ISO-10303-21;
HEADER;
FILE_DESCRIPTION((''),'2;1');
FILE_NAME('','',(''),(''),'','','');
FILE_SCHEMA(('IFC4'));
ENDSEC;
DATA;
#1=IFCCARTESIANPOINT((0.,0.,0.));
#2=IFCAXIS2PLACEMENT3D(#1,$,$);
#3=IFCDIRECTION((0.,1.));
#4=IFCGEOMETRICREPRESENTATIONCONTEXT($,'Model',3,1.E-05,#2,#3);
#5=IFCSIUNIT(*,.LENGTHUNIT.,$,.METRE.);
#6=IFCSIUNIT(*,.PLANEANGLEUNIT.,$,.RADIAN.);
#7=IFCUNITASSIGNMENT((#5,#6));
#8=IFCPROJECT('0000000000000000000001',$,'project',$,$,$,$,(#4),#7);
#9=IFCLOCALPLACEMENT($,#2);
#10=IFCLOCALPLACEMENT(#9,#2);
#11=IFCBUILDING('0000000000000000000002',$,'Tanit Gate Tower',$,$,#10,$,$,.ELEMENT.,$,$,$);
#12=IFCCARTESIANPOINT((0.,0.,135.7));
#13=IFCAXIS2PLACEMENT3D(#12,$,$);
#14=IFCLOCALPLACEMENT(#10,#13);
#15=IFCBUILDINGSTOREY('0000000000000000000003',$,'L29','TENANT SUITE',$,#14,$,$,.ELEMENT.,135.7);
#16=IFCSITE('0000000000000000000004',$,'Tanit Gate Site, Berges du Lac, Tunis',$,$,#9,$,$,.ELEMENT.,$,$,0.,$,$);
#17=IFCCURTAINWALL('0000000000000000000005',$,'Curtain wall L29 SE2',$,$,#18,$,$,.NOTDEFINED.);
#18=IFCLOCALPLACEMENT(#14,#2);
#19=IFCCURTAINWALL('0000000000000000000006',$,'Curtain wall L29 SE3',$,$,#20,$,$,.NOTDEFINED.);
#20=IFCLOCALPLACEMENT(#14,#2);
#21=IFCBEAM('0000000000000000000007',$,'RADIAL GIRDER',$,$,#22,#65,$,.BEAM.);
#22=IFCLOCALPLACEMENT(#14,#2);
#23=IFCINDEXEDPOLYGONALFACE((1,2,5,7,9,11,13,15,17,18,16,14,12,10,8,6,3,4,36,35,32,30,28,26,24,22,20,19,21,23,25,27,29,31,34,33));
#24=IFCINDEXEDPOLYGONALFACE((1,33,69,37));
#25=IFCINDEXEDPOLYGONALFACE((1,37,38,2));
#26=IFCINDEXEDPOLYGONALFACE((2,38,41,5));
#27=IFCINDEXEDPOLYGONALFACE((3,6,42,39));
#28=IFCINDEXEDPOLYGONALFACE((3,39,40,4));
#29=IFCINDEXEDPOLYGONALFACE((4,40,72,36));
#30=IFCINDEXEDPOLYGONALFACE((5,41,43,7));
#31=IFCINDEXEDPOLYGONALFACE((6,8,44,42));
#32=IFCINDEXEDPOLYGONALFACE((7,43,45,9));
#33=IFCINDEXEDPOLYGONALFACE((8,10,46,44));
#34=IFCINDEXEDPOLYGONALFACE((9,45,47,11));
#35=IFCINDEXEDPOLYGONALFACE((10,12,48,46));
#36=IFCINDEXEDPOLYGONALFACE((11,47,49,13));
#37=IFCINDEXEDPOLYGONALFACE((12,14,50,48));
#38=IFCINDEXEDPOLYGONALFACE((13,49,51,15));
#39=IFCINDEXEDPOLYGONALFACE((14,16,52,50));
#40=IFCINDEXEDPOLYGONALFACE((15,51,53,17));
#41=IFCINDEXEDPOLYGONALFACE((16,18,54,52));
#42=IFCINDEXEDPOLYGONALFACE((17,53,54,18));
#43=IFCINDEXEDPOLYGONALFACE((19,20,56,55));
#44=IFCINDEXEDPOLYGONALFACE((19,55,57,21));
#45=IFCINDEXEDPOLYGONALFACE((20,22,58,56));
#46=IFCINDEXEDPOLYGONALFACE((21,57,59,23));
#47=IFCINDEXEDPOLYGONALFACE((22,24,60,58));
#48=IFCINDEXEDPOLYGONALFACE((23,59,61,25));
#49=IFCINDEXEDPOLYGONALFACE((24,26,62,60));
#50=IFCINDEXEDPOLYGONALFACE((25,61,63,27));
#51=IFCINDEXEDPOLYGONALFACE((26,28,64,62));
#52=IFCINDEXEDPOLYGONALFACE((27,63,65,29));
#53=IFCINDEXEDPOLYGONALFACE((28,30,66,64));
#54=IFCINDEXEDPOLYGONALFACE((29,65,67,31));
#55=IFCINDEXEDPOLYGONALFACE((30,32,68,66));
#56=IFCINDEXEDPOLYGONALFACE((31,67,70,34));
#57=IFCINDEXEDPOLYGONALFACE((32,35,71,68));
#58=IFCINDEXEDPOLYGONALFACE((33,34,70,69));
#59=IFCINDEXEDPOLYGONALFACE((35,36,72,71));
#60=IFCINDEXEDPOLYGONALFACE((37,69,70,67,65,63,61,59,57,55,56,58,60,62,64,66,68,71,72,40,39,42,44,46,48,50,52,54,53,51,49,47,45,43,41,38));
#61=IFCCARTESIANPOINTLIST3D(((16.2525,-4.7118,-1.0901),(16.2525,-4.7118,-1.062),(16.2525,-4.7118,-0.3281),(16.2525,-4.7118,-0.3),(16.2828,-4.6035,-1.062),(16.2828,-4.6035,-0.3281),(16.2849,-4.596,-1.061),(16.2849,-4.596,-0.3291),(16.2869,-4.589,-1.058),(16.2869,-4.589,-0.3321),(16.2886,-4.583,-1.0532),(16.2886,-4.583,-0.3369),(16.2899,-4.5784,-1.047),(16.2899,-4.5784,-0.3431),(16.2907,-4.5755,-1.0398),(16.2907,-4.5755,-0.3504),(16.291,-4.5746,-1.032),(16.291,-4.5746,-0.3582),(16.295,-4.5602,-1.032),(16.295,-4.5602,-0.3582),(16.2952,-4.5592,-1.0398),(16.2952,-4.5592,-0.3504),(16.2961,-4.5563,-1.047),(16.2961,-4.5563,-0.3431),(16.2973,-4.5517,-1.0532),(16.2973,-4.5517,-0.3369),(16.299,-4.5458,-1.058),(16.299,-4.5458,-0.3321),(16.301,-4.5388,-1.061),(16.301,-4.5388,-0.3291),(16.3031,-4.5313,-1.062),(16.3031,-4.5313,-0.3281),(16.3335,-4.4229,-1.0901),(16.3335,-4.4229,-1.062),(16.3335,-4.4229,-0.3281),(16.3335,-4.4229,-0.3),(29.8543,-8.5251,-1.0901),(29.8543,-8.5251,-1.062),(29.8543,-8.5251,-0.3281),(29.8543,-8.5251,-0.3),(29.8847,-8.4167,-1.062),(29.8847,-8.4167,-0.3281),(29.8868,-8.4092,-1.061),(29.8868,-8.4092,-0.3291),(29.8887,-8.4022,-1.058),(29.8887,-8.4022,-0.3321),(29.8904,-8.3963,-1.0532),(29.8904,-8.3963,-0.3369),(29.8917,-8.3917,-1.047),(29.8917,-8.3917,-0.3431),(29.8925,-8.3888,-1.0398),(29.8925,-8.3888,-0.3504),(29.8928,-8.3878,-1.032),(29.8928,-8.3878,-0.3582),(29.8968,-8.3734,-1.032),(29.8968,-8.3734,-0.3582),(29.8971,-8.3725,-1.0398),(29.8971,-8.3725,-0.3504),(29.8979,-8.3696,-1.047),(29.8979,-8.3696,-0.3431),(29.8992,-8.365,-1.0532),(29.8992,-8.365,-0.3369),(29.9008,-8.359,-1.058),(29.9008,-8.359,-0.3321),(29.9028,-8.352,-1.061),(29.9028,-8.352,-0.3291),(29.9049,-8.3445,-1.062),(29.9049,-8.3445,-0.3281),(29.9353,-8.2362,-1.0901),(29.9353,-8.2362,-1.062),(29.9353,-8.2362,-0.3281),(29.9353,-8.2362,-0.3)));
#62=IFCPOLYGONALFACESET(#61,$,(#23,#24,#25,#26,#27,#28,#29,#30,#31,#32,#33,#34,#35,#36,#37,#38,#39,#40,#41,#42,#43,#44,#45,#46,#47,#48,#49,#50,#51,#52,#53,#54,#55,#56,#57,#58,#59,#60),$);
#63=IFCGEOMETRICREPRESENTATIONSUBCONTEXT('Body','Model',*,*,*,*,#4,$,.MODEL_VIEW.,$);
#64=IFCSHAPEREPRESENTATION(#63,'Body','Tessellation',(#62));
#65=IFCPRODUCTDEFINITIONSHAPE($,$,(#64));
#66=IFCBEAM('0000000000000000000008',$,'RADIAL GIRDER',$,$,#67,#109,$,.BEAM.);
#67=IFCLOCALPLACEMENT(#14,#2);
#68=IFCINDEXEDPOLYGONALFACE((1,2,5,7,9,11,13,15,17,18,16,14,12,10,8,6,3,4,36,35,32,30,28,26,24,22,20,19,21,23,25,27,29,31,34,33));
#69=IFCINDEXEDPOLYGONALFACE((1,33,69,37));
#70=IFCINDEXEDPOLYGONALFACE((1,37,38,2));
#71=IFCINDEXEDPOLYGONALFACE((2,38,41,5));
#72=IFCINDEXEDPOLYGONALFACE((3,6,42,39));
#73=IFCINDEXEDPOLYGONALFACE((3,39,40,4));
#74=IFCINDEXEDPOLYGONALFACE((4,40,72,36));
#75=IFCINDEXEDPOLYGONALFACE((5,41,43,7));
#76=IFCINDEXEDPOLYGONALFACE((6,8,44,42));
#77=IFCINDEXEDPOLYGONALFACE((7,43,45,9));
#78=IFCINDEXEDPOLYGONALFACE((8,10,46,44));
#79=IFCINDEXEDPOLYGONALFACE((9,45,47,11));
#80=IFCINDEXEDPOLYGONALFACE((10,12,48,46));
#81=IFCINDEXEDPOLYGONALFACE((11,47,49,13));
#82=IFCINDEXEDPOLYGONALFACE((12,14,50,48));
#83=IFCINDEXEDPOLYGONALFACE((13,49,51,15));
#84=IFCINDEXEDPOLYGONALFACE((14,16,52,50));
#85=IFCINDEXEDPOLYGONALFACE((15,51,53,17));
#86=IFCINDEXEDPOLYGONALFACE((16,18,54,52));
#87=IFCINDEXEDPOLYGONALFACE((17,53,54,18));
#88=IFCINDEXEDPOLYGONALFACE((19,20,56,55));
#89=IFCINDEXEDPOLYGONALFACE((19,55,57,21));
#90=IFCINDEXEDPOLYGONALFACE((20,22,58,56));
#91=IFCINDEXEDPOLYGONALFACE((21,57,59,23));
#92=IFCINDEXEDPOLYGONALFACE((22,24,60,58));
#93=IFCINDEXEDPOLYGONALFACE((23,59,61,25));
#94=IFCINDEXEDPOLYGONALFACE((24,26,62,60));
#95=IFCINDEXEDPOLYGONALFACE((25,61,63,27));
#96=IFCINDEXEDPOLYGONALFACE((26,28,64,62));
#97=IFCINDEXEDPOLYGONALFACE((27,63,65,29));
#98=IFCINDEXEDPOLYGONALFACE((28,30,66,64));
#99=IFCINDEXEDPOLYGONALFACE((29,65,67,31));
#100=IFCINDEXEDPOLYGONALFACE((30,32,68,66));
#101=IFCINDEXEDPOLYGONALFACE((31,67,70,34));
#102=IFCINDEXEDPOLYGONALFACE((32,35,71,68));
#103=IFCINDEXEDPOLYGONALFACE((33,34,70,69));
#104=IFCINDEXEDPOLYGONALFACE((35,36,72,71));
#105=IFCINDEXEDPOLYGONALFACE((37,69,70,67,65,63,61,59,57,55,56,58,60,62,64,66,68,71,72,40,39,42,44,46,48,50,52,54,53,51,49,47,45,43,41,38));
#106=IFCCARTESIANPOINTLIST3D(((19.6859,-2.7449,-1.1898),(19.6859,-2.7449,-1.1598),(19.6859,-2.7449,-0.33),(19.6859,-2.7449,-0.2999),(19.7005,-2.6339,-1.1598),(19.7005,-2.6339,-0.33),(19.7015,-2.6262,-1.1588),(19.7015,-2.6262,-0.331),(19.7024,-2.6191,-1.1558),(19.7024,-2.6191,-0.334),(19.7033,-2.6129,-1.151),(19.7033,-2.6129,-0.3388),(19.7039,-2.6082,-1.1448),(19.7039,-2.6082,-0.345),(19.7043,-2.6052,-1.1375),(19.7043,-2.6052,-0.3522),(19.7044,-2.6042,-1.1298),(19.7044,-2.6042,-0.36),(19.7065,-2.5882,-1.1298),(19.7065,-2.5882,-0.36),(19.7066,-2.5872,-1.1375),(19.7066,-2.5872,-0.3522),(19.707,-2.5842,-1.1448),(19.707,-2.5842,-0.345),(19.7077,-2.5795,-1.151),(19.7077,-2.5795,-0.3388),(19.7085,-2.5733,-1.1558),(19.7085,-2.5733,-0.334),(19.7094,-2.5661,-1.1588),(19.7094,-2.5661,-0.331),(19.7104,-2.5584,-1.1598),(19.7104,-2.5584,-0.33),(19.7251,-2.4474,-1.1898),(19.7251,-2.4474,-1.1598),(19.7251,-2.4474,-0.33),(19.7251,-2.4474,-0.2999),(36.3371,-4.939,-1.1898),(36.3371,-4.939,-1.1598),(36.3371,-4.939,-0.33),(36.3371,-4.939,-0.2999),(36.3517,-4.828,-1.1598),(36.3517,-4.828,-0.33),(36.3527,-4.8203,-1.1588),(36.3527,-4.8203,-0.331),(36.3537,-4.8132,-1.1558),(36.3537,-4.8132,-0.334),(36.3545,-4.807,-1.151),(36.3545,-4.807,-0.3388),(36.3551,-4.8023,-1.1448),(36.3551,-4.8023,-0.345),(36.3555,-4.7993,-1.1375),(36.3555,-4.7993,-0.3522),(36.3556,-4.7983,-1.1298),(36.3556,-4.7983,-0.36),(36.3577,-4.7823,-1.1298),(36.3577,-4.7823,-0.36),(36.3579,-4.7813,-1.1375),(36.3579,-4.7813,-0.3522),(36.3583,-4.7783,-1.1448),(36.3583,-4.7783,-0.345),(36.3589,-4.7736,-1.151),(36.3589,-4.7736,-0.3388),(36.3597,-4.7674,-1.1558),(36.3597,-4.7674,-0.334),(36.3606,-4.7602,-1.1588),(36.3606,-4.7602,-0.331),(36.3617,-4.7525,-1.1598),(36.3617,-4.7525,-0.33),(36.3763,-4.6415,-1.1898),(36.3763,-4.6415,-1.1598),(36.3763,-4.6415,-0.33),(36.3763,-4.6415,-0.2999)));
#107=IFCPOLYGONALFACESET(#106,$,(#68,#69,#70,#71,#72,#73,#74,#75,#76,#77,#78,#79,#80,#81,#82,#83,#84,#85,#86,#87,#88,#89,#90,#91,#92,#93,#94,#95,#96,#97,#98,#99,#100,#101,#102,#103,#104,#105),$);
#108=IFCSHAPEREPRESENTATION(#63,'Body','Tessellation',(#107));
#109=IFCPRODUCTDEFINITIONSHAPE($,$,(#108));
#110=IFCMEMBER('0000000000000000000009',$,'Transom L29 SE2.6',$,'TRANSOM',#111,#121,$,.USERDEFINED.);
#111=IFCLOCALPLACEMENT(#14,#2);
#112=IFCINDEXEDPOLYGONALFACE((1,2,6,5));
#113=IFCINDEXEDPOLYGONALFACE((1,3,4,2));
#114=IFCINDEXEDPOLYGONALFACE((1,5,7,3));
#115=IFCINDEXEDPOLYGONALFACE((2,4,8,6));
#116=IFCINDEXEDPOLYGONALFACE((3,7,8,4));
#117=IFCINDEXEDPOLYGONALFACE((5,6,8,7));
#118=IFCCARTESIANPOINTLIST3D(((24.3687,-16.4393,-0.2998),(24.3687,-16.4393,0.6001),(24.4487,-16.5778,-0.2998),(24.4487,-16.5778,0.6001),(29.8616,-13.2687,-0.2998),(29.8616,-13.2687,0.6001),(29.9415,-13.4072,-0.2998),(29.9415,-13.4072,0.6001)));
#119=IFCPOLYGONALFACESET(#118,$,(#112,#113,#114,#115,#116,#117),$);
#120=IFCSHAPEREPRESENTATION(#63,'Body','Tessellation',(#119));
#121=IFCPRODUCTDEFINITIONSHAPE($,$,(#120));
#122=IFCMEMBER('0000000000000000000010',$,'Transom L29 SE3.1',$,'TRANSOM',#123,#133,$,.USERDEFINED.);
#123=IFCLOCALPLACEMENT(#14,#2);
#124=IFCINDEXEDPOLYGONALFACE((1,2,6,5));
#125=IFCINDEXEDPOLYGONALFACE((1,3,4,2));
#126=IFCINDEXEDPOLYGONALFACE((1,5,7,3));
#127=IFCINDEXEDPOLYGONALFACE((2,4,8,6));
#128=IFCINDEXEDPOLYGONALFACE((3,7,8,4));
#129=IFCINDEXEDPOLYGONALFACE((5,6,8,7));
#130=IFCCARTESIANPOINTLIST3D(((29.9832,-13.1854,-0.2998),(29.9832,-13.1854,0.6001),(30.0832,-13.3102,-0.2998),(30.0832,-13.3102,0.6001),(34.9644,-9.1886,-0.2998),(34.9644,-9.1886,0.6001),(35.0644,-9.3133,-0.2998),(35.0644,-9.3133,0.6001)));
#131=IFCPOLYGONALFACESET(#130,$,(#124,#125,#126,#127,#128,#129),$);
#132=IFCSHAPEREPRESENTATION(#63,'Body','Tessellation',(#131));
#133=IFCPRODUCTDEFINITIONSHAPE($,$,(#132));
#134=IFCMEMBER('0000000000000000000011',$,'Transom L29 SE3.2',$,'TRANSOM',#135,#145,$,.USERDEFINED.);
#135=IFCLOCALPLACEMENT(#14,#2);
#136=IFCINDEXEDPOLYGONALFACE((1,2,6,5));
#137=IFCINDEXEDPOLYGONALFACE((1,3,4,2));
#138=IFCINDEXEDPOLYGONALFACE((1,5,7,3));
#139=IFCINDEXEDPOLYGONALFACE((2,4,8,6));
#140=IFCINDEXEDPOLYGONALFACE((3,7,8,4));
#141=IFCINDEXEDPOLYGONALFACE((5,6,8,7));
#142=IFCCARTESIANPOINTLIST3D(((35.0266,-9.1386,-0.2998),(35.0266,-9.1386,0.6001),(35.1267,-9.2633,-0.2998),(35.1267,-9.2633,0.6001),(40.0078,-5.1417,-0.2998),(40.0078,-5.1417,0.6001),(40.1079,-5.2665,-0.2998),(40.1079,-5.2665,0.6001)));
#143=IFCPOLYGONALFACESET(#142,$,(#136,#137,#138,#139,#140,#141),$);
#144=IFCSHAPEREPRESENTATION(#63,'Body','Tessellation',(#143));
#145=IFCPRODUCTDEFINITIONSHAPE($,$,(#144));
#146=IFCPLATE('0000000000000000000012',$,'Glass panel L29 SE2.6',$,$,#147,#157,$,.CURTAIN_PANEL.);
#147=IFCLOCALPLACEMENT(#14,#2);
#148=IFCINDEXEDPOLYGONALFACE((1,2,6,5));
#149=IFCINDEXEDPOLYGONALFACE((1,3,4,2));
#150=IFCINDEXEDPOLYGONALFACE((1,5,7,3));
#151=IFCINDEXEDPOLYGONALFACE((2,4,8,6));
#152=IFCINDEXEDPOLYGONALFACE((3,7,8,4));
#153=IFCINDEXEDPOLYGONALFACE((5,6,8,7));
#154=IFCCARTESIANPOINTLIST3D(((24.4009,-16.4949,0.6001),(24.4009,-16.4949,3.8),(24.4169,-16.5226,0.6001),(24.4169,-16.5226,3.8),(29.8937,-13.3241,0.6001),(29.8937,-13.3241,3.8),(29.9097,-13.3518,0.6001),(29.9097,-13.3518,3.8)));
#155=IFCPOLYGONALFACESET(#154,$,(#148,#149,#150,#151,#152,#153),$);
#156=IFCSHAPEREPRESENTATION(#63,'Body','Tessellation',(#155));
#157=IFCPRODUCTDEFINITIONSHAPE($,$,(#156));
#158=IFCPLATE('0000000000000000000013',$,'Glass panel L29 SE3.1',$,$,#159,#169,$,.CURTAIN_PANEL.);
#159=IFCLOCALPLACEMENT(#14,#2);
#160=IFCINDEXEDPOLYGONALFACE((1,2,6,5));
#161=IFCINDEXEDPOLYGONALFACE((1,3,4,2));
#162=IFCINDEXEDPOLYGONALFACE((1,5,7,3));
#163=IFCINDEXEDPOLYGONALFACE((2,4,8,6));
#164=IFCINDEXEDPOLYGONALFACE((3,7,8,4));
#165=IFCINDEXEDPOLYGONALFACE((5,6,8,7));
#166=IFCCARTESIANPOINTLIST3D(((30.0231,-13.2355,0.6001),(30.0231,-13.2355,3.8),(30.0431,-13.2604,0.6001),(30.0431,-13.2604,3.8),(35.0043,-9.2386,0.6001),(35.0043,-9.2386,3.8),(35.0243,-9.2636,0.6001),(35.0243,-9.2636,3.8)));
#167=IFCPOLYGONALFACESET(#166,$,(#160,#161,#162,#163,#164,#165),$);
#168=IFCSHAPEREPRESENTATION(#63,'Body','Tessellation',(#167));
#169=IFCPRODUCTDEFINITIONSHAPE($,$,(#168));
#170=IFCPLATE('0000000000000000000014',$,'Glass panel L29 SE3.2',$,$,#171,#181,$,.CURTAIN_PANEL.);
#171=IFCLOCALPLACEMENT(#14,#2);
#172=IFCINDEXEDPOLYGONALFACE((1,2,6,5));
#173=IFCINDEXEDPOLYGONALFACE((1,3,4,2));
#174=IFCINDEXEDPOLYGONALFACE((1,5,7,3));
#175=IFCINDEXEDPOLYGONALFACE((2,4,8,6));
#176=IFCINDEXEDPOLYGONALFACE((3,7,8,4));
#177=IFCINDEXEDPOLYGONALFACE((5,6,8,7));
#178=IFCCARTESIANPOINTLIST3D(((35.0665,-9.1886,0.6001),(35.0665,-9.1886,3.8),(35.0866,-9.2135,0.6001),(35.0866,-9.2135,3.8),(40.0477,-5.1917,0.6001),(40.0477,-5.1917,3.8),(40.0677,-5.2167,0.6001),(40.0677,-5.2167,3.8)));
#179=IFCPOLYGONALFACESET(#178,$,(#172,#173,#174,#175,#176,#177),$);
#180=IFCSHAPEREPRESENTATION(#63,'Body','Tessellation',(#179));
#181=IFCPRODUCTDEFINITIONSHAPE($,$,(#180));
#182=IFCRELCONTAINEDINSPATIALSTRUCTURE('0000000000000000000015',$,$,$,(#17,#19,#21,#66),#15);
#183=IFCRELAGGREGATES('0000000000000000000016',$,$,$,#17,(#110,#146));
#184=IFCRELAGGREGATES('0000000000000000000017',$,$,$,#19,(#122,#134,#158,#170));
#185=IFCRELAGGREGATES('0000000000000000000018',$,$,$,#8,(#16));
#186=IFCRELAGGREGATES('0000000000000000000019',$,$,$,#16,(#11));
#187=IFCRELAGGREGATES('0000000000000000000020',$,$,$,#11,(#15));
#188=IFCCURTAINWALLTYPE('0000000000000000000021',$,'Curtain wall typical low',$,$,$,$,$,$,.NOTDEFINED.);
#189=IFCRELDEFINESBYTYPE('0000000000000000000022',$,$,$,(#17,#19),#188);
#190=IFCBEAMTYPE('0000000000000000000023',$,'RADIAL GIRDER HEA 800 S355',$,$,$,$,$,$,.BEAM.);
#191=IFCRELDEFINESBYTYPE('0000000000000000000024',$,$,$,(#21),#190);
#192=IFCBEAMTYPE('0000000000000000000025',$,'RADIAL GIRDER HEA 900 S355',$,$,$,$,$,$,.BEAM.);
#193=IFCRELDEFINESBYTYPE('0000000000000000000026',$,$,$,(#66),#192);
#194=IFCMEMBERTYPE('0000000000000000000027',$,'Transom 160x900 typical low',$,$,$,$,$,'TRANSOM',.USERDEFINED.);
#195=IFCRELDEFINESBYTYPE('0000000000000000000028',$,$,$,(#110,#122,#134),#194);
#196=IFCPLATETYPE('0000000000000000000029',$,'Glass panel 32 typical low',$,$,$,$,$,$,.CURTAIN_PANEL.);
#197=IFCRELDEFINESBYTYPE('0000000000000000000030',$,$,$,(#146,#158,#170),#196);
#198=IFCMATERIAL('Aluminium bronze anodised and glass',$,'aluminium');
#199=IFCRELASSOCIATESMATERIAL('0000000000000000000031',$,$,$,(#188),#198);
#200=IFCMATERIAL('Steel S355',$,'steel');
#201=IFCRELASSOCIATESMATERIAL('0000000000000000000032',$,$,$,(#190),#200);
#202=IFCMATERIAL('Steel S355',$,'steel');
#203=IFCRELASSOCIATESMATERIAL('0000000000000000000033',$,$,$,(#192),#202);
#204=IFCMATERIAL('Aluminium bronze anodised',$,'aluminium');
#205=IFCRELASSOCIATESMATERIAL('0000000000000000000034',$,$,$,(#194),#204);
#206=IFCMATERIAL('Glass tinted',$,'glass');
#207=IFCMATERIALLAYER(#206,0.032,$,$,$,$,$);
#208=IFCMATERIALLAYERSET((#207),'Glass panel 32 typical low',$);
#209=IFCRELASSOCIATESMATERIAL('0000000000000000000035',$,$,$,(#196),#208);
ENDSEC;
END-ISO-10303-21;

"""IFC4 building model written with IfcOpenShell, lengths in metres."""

from ifc_helpers import new_model, si_unit, direction, frame, origin, origin_2d, place, context, subcontext, project, spatial, rectangle, i_section, extrude, material, layer, layer_set, material_profile, profile_set, type_object, element, aggregate, save


model = new_model("IFC4")

# Units and contexts
model_context = context("Model", 3, precision=1e-05, world=origin(), true_north=direction((0.0, 1.0)))
body_context = subcontext(model_context, "Body", "Model", "MODEL_VIEW")
ifc_project = project(units=[si_unit("LENGTHUNIT", "METRE"), si_unit("PLANEANGLEUNIT", "RADIAN")], contexts=[model_context])

# Site, building, storey
site_placement = place(None, origin())
site = spatial("IfcSite", under=ifc_project, at=site_placement, Name="Tanit Gate Site, Berges du Lac, Tunis", CompositionType="ELEMENT", RefElevation=0.0)
building_placement = place(site_placement, origin())
building = spatial("IfcBuilding", under=site, at=building_placement, Name="Tanit Gate Tower", CompositionType="ELEMENT")
storey_placement = place(building_placement, frame((0.0, 0.0, 135.7)))
storey = spatial("IfcBuildingStorey", under=building, at=storey_placement, Name="L29", Description="TENANT SUITE", CompositionType="ELEMENT", Elevation=135.7)

# Curtain wall
ifc_material_1 = material(Name="Aluminium bronze anodised and glass", Category="aluminium")
curtain_wall_type = type_object("IfcCurtainWallType", Name="Curtain wall typical low", PredefinedType="NOTDEFINED", material=ifc_material_1)
curtain_wall_1_placement = place(storey_placement, origin())
curtain_wall_1 = element("IfcCurtainWall", 1, at=curtain_wall_1_placement, inside=storey, type_object=curtain_wall_type, Name="Curtain wall L29 SE2", PredefinedType="NOTDEFINED")

# Curtain wall
curtain_wall_2_placement = place(storey_placement, origin())
curtain_wall_2 = element("IfcCurtainWall", 2, at=curtain_wall_2_placement, inside=storey, type_object=curtain_wall_type, Name="Curtain wall L29 SE3", PredefinedType="NOTDEFINED")

# Beams
ifc_material_2 = material(Name="Steel S355", Category="steel")
ifc_material_profile_1 = material_profile(ifc_material_2, i_section(OverallWidth=0.3, OverallDepth=0.79, WebThickness=0.0149, FlangeThickness=0.0281, FilletRadius=0.03, at=origin_2d()), Name="HEA 800")
ifc_profile_set_1 = profile_set([ifc_material_profile_1], Name="Steel S355")
beam_type_1 = type_object("IfcBeamType", Name="RADIAL GIRDER HEA 800 S355", PredefinedType="BEAM", material=ifc_profile_set_1)
beam_1_placement = place(storey_placement, frame((29.8948, -8.3806, -0.6951), z_axis=(-0.962877, 0.26994, 0.0), x_axis=(-0.26994, -0.962877, 0.0)))
element("IfcBeam", 3, at=beam_1_placement, inside=storey, type_object=beam_type_1, Name="RADIAL GIRDER", PredefinedType="BEAM", context=body_context, shape_type="SweptSolid", body=[
    extrude(i_section(OverallWidth=0.3, OverallDepth=0.79, WebThickness=0.0149, FlangeThickness=0.0281, FilletRadius=0.03, at=origin_2d()), origin(), (0.0, 0.0, 1.0), 14.1262),
])
ifc_material_3 = material(Name="Steel S355", Category="steel")
ifc_material_profile_2 = material_profile(ifc_material_3, i_section(OverallWidth=0.3, OverallDepth=0.8899, WebThickness=0.0161, FlangeThickness=0.03, FilletRadius=0.03, at=origin_2d()), Name="HEA 900")
ifc_profile_set_2 = profile_set([ifc_material_profile_2], Name="Steel S355")
beam_type_2 = type_object("IfcBeamType", Name="RADIAL GIRDER HEA 900 S355", PredefinedType="BEAM", material=ifc_profile_set_2)
beam_2_placement = place(storey_placement, frame((36.3567, -4.7903, -0.7449), z_axis=(-0.99143, 0.130639, 0.0), x_axis=(-0.130639, -0.99143, 0.0)))
element("IfcBeam", 4, at=beam_2_placement, inside=storey, type_object=beam_type_2, Name="RADIAL GIRDER", PredefinedType="BEAM", context=body_context, shape_type="SweptSolid", body=[
    extrude(i_section(OverallWidth=0.3, OverallDepth=0.8899, WebThickness=0.0161, FlangeThickness=0.03, FilletRadius=0.03, at=origin_2d()), origin(), (0.0, 0.0, 1.0), 16.7952),
])

# Members
ifc_material_4 = material(Name="Aluminium bronze anodised", Category="aluminium")
ifc_material_profile_3 = material_profile(ifc_material_4, rectangle(XDim=0.1599, YDim=0.8999, at=origin_2d()), Name="160x900 bronze transom")
ifc_profile_set_3 = profile_set([ifc_material_profile_3], Name="Aluminium bronze anodised")
member_type_1 = type_object("IfcMemberType", Name="Transom 160x900 typical low", ElementType="TRANSOM", PredefinedType="USERDEFINED", material=ifc_profile_set_3)
member_1_placement = place(storey_placement, frame((24.4087, -16.5085, 0.1501), z_axis=(0.866072, 0.499919, 0.0), x_axis=(-0.499919, 0.866072, 0.0)))
member_1 = element("IfcMember", 5, at=member_1_placement, type_object=member_type_1, Name="Transom L29 SE2.6", ObjectType="TRANSOM", PredefinedType="USERDEFINED", context=body_context, shape_type="SweptSolid", body=[
    extrude(rectangle(XDim=0.1599, YDim=0.8999, at=origin_2d()), origin(), (0.0, 0.0, 1.0), 6.3423),
])
member_2_placement = place(storey_placement, frame((30.0332, -13.2478, 0.1501), z_axis=(0.779962, 0.625827, 0.0), x_axis=(-0.625827, 0.779962, 0.0)))
member_2 = element("IfcMember", 6, at=member_2_placement, type_object=member_type_1, Name="Transom L29 SE3.1", ObjectType="TRANSOM", PredefinedType="USERDEFINED", context=body_context, shape_type="SweptSolid", body=[
    extrude(rectangle(XDim=0.1599, YDim=0.8999, at=origin_2d()), origin(), (0.0, 0.0, 1.0), 6.3865),
])
member_3_placement = place(storey_placement, frame((35.0767, -9.2009, 0.1501), z_axis=(0.779962, 0.625827, 0.0), x_axis=(-0.625827, 0.779962, 0.0)))
member_3 = element("IfcMember", 7, at=member_3_placement, type_object=member_type_1, Name="Transom L29 SE3.2", ObjectType="TRANSOM", PredefinedType="USERDEFINED", context=body_context, shape_type="SweptSolid", body=[
    extrude(rectangle(XDim=0.1599, YDim=0.8999, at=origin_2d()), origin(), (0.0, 0.0, 1.0), 6.3865),
])

# Plates
ifc_material_5 = material(Name="Glass tinted", Category="glass")
ifc_layer_1 = layer(ifc_material_5, 0.032)
ifc_layer_set_1 = layer_set([ifc_layer_1], Name="Glass panel 32 typical low")
plate_type = type_object("IfcPlateType", Name="Glass panel 32 typical low", PredefinedType="CURTAIN_PANEL", material=ifc_layer_set_1)
plate_1_placement = place(storey_placement, frame((27.1553, -14.9233, 0.6001), z_axis=(0.0, 0.0, 1.0), x_axis=(0.86606, 0.49994, 0.0)))
plate_1 = element("IfcPlate", 8, at=plate_1_placement, type_object=plate_type, Name="Glass panel L29 SE2.6", PredefinedType="CURTAIN_PANEL", context=body_context, shape_type="SweptSolid", body=[
    extrude(rectangle(XDim=6.3423, YDim=0.032, at=origin_2d()), origin(), (0.0, 0.0, 1.0), 3.2),
])
aggregate(curtain_wall_1, [member_1, plate_1])
plate_2_placement = place(storey_placement, frame((32.5237, -11.2495, 0.6001), z_axis=(0.0, 0.0, 1.0), x_axis=(0.779958, 0.625832, 0.0)))
plate_2 = element("IfcPlate", 9, at=plate_2_placement, type_object=plate_type, Name="Glass panel L29 SE3.1", PredefinedType="CURTAIN_PANEL", context=body_context, shape_type="SweptSolid", body=[
    extrude(rectangle(XDim=6.3865, YDim=0.032, at=origin_2d()), origin(), (0.0, 0.0, 1.0), 3.2),
])
plate_3_placement = place(storey_placement, frame((37.5671, -7.2026, 0.6001), z_axis=(0.0, 0.0, 1.0), x_axis=(0.779958, 0.625832, 0.0)))
plate_3 = element("IfcPlate", 10, at=plate_3_placement, type_object=plate_type, Name="Glass panel L29 SE3.2", PredefinedType="CURTAIN_PANEL", context=body_context, shape_type="SweptSolid", body=[
    extrude(rectangle(XDim=6.3865, YDim=0.032, at=origin_2d()), origin(), (0.0, 0.0, 1.0), 3.2),
])
aggregate(curtain_wall_2, [member_2, member_3, plate_2, plate_3])

save(model, "model.ifc")
